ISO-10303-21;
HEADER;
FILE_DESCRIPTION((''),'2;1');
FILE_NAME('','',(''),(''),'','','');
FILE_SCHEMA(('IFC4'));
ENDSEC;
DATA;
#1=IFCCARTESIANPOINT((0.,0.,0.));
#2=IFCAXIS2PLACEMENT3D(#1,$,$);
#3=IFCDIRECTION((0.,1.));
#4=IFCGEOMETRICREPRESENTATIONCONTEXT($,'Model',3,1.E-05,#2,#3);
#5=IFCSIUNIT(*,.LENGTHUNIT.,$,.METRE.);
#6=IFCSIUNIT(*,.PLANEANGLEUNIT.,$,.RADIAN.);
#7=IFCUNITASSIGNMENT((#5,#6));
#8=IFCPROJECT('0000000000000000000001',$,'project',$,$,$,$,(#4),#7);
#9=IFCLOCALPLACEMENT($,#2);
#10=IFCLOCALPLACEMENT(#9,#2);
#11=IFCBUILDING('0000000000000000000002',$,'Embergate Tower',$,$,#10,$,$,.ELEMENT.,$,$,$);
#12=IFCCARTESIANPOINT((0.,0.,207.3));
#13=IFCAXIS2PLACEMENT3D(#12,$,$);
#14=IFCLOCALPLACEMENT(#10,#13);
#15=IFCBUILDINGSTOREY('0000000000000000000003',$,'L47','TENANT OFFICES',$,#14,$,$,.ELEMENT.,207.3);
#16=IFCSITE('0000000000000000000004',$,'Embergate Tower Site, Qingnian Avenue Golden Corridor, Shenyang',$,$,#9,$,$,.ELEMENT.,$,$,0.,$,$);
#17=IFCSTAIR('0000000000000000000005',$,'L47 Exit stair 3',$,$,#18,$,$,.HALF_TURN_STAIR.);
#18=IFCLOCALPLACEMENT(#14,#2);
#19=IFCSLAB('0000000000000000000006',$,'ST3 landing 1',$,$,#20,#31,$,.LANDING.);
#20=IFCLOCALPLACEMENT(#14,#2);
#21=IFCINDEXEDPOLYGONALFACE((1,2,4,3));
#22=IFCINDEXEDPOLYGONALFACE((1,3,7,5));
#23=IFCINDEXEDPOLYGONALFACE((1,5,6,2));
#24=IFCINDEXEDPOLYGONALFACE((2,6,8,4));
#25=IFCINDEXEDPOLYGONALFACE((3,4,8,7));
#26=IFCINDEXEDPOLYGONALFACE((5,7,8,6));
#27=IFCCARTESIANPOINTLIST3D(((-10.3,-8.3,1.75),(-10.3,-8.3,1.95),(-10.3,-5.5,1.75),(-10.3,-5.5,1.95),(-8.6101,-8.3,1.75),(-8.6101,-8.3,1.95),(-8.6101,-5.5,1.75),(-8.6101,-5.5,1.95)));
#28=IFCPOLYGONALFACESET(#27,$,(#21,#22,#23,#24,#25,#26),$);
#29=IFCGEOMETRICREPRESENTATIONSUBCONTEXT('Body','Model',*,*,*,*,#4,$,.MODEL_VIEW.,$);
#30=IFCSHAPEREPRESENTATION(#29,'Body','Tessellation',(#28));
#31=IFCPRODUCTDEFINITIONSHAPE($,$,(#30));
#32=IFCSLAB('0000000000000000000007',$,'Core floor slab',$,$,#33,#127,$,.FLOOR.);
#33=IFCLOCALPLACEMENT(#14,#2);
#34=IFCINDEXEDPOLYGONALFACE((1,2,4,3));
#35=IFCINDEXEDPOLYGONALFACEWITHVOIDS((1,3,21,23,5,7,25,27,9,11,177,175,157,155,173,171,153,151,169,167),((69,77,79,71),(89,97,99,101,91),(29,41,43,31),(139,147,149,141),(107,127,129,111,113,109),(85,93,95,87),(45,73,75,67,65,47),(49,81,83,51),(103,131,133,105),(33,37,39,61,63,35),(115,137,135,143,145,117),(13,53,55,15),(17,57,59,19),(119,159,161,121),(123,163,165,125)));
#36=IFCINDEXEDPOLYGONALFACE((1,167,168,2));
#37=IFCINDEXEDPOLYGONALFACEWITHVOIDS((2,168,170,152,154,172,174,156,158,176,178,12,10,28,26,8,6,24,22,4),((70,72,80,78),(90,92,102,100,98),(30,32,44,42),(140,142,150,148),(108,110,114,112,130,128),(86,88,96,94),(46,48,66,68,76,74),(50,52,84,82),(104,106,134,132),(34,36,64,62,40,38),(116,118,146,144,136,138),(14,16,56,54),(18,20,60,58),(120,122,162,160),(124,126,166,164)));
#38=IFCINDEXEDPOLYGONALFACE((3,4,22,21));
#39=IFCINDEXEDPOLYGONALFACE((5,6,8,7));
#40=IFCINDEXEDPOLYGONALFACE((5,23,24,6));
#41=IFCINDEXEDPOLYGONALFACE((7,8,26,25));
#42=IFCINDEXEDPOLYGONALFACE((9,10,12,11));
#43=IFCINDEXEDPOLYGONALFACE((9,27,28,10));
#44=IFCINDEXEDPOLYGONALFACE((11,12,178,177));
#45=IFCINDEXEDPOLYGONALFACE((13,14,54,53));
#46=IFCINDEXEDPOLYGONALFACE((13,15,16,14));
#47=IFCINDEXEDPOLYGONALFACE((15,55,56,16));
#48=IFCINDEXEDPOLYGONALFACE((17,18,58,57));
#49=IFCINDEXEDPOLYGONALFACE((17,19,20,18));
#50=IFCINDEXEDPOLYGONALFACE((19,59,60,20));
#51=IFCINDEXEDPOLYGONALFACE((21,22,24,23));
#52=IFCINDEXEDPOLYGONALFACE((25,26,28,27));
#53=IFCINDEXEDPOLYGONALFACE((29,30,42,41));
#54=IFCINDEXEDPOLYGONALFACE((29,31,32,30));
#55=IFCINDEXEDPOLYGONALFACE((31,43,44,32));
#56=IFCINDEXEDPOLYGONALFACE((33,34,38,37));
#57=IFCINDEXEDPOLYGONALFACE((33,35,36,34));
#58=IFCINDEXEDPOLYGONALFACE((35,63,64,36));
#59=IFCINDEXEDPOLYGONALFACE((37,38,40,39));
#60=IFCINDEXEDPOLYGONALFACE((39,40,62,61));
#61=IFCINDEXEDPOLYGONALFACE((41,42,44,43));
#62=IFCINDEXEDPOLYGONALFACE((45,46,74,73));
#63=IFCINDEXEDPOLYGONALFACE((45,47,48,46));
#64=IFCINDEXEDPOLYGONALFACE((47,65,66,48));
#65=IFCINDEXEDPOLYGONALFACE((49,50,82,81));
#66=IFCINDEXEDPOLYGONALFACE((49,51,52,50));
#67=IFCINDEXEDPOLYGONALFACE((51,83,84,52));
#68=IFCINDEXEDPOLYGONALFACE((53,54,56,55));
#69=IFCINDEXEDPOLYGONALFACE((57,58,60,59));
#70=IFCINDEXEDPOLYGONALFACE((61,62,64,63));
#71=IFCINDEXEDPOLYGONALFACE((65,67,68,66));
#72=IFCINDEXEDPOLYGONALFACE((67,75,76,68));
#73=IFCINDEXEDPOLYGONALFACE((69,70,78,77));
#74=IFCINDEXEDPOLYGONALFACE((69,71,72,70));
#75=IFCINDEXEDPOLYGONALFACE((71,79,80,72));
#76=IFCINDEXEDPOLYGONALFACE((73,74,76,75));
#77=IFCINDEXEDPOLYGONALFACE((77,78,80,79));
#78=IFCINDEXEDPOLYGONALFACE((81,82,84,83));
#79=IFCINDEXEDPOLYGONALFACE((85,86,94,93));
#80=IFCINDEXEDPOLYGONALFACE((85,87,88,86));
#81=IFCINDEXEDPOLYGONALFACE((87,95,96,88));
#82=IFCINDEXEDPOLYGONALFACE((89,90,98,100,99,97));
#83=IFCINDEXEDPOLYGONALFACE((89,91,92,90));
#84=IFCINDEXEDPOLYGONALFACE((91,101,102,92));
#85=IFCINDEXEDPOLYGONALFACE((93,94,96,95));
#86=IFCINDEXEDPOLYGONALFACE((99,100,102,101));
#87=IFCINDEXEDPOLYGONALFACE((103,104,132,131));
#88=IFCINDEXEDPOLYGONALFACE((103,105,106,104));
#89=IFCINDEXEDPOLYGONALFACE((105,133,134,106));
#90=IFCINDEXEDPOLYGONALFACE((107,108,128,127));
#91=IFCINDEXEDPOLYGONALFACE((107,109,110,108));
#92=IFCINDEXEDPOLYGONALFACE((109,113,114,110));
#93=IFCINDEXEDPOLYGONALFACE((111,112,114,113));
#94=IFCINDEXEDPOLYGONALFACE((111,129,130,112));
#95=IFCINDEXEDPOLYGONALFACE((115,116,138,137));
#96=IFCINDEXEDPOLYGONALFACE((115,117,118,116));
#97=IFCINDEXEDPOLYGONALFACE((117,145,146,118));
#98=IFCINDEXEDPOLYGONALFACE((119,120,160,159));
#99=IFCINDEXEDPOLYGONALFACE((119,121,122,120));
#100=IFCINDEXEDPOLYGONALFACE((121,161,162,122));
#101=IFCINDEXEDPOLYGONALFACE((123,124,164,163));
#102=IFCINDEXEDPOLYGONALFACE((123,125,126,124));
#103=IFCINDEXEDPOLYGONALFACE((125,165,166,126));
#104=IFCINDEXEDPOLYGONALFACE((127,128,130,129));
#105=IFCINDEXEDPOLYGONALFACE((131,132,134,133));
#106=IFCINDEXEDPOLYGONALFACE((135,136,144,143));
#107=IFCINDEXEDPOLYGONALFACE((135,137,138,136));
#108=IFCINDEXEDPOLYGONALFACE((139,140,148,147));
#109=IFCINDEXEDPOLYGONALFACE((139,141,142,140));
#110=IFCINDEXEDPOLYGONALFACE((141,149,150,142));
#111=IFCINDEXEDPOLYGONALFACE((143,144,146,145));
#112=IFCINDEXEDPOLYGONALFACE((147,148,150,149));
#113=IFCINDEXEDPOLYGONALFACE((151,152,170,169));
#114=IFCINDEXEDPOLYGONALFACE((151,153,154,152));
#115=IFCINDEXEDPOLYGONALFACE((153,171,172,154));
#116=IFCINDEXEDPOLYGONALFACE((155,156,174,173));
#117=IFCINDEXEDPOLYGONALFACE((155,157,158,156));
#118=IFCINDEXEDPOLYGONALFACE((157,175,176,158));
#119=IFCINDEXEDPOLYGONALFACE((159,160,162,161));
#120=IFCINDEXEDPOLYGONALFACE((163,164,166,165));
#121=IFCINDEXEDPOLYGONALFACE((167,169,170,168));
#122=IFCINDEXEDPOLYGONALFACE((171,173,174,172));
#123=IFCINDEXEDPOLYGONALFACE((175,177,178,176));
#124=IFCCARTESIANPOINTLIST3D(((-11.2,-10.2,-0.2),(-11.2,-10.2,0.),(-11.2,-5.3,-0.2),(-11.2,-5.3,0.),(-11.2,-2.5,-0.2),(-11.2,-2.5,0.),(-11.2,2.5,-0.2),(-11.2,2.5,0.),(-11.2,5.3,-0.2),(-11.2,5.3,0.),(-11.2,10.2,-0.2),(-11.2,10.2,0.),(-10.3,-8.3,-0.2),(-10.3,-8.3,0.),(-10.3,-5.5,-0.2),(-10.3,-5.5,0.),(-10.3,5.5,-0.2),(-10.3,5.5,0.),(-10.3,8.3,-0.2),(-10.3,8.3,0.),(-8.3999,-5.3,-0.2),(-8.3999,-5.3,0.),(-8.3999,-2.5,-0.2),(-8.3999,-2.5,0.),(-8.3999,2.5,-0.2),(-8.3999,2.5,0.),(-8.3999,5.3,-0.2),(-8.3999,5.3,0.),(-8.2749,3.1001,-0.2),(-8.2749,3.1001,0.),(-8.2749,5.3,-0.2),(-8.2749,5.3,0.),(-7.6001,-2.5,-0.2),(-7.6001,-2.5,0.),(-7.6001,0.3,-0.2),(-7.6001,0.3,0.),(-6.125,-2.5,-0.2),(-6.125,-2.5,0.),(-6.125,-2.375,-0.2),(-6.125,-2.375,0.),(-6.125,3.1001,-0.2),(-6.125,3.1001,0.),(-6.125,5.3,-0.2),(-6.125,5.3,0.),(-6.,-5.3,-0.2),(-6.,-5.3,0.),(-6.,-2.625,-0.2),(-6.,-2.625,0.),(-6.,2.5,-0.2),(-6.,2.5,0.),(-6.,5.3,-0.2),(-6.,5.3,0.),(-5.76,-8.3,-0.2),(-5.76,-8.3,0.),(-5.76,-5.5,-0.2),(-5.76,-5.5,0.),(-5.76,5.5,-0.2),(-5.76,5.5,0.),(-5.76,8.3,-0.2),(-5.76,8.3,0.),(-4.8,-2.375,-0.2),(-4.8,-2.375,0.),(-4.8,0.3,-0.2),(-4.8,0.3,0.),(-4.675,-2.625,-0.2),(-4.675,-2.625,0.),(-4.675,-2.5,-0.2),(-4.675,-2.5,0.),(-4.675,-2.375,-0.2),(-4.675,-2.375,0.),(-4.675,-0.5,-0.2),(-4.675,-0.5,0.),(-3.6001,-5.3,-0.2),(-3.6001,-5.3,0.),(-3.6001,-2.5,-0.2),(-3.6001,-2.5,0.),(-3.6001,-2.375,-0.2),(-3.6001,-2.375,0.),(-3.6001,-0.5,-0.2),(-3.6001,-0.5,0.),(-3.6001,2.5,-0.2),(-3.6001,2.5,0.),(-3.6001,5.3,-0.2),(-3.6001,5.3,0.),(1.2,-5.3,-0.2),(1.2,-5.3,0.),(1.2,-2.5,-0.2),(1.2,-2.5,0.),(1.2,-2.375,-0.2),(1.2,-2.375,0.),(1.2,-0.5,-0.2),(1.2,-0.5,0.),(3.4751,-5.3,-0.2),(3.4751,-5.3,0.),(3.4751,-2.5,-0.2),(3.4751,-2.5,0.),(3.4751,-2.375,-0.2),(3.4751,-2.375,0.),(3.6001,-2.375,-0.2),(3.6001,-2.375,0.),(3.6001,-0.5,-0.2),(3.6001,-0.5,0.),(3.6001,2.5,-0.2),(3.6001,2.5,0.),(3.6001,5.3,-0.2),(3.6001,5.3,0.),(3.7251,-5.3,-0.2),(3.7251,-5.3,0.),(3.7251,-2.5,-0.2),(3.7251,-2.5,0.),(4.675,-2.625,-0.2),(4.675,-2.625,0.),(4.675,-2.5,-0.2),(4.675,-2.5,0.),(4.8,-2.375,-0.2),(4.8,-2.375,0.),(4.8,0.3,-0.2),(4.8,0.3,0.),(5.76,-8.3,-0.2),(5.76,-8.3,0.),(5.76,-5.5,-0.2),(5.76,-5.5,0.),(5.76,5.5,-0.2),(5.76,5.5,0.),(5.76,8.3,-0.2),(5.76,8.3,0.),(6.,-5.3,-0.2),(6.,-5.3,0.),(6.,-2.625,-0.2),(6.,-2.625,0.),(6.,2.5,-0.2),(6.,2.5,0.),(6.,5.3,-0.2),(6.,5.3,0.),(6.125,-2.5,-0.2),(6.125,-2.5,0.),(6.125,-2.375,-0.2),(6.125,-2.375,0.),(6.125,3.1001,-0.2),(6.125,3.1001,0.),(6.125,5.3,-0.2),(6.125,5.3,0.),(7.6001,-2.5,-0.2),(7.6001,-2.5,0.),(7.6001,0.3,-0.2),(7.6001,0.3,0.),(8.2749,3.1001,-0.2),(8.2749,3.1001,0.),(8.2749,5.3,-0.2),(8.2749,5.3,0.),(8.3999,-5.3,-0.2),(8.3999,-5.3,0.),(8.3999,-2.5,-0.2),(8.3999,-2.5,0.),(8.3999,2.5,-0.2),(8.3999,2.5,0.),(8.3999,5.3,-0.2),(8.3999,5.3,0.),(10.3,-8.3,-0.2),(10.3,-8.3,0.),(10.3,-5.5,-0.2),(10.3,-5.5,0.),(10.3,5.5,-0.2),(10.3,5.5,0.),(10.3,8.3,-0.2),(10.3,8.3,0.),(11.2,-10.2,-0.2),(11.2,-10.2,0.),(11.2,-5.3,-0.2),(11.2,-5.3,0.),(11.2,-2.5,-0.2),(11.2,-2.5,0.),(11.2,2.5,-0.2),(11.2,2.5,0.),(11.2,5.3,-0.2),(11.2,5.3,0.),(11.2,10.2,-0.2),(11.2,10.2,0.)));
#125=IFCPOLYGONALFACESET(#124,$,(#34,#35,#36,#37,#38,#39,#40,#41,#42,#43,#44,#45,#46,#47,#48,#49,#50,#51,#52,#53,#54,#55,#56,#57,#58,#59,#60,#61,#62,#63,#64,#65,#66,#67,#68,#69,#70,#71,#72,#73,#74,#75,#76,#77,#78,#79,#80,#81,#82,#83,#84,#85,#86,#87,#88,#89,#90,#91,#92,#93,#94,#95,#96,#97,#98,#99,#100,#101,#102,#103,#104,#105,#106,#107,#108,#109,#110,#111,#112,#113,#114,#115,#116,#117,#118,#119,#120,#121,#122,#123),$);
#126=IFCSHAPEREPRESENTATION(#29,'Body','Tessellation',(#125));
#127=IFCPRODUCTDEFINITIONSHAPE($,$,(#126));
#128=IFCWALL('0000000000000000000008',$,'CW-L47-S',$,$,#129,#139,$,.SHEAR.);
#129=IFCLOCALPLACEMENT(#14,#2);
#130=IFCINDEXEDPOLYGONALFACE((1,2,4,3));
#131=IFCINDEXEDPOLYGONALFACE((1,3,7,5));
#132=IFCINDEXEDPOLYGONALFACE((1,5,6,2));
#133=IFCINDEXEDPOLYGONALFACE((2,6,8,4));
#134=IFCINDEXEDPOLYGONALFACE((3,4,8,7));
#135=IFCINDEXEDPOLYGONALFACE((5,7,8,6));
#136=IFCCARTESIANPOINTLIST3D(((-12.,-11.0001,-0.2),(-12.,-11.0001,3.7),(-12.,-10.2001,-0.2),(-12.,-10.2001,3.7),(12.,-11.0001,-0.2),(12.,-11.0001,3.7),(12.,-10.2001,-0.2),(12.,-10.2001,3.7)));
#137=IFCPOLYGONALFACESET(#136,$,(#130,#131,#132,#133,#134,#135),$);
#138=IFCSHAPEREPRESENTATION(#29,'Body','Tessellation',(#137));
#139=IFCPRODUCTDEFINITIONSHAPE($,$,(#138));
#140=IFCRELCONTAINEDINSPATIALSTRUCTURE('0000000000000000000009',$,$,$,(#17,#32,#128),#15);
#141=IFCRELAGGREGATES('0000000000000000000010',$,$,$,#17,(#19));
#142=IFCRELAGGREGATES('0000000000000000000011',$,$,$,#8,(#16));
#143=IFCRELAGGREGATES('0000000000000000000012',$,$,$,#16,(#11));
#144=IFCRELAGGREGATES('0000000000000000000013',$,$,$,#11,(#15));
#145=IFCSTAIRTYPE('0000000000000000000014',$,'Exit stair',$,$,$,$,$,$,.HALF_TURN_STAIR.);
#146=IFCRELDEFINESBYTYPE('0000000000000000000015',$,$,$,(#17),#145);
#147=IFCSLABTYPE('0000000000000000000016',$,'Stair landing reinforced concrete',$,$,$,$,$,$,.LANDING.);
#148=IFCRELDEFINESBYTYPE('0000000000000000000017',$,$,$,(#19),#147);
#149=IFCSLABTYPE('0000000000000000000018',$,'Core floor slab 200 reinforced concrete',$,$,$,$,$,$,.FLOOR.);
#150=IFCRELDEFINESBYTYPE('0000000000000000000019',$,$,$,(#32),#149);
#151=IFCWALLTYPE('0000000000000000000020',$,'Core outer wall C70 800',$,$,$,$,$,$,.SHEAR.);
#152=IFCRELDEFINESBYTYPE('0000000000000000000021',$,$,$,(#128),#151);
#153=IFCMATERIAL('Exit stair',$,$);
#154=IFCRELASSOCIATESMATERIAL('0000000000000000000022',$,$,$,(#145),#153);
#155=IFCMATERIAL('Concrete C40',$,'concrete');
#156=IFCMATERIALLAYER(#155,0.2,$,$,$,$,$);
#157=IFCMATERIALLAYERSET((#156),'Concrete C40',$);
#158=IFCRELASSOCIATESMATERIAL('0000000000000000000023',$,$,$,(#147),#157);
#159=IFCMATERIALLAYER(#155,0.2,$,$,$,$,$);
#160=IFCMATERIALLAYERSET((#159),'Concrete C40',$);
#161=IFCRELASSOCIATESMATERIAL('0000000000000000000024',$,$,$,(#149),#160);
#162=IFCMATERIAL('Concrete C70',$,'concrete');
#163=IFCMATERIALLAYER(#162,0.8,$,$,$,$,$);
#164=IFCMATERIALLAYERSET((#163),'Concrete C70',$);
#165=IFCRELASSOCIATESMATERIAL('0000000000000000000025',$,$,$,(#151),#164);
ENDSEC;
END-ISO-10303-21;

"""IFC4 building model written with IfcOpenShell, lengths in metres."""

from ifc_helpers import new_model, si_unit, direction, frame, frame_2d, origin, place, context, subcontext, project, spatial, polyline, rectangle, outline, extrude, source, transform, mapped, material, layer, layer_set, type_object, element, aggregate, save


model = new_model("IFC4")

# Units and contexts
model_context = context("Model", 3, precision=1e-05, world=origin(), true_north=direction((0.0, 1.0)))
body_context = subcontext(model_context, "Body", "Model", "MODEL_VIEW")
ifc_project = project(units=[si_unit("LENGTHUNIT", "METRE"), si_unit("PLANEANGLEUNIT", "RADIAN")], contexts=[model_context])

# Site, building, storey
site_placement = place(None, origin())
site = spatial("IfcSite", under=ifc_project, at=site_placement, Name="Embergate Tower Site, Qingnian Avenue Golden Corridor, Shenyang", CompositionType="ELEMENT", RefElevation=0.0)
building_placement = place(site_placement, origin())
building = spatial("IfcBuilding", under=site, at=building_placement, Name="Embergate Tower", CompositionType="ELEMENT")
storey_placement = place(building_placement, frame((0.0, 0.0, 207.3)))
storey = spatial("IfcBuildingStorey", under=building, at=storey_placement, Name="L47", Description="TENANT OFFICES", CompositionType="ELEMENT", Elevation=207.3)

# Stair, slab
ifc_material_1 = material(Name="Exit stair")
stair_type = type_object("IfcStairType", Name="Exit stair", PredefinedType="HALF_TURN_STAIR", material=ifc_material_1)
stair_placement = place(storey_placement, origin())
stair = element("IfcStair", 1, at=stair_placement, inside=storey, type_object=stair_type, Name="L47 Exit stair 3", PredefinedType="HALF_TURN_STAIR")
ifc_material_2 = material(Name="Concrete C40", Category="concrete")
ifc_layer_1 = layer(ifc_material_2, 0.2)
ifc_layer_set_1 = layer_set([ifc_layer_1], Name="Concrete C40")
slab_type_1 = type_object("IfcSlabType", Name="Stair landing reinforced concrete", PredefinedType="LANDING", material=ifc_layer_set_1)
shared_shape_1 = source(origin(), body_context, "Body", "SweptSolid", [
    extrude(outline(polyline([(0.0, 0.0), (1.6899, 0.0), (1.6899, 2.8), (0.0, 2.8), (0.0, 0.0)])), origin(), (0.0, 0.0, 1.0), 0.2),
])
slab_1_placement = place(storey_placement, frame((-10.3, -8.3, 1.75)))
slab_1 = element("IfcSlab", 2, at=slab_1_placement, type_object=slab_type_1, Name="ST3 landing 1", PredefinedType="LANDING", context=body_context, shape_type="MappedRepresentation", body=[
    mapped(shared_shape_1, transform((0.0, 0.0, 0.0))),
])

# Slab
ifc_layer_2 = layer(ifc_material_2, 0.2)
ifc_layer_set_2 = layer_set([ifc_layer_2], Name="Concrete C40")
slab_type_2 = type_object("IfcSlabType", Name="Core floor slab 200 reinforced concrete", PredefinedType="FLOOR", material=ifc_layer_set_2)
shared_shape_2 = source(origin(), body_context, "Body", "SweptSolid", [
    extrude(outline(polyline([(0.0, 0.0), (22.3999, 0.0), (22.3999, 4.8999), (19.5999, 4.8999), (19.5999, 7.7), (22.3999, 7.7), (22.3999, 12.7), (19.5999, 12.7), (19.5999, 15.5), (22.3999, 15.5), (22.3999, 20.3999), (0.0, 20.3999), (0.0, 15.5), (2.8, 15.5), (2.8, 12.7), (0.0, 12.7), (0.0, 7.7), (2.8, 7.7), (2.8, 4.8999), (0.0, 4.8999), (0.0, 0.0)]), holes=[polyline([(0.8999, 1.8999), (0.8999, 4.7), (5.4399, 4.7), (5.4399, 1.8999), (0.8999, 1.8999)]), polyline([(16.96, 1.8999), (16.96, 4.7), (21.5, 4.7), (21.5, 1.8999), (16.96, 1.8999)]), polyline([(5.2, 4.8999), (5.2, 7.575), (6.5249, 7.575), (6.5249, 7.7), (7.5999, 7.7), (7.5999, 4.8999), (5.2, 4.8999)]), polyline([(12.3999, 4.8999), (12.3999, 7.7), (14.675, 7.7), (14.675, 4.8999), (12.3999, 4.8999)]), polyline([(14.925, 4.8999), (14.925, 7.7), (15.875, 7.7), (15.875, 7.575), (17.2, 7.575), (17.2, 4.8999), (14.925, 4.8999)]), polyline([(3.5999, 7.7), (3.5999, 10.5), (6.3999, 10.5), (6.3999, 7.825), (5.075, 7.825), (5.075, 7.7), (3.5999, 7.7)]), polyline([(17.325, 7.7), (17.325, 7.825), (16.0, 7.825), (16.0, 10.5), (18.8, 10.5), (18.8, 7.7), (17.325, 7.7)]), polyline([(6.5249, 7.825), (6.5249, 9.7), (7.5999, 9.7), (7.5999, 7.825), (6.5249, 7.825)]), polyline([(12.3999, 7.825), (12.3999, 9.7), (14.8, 9.7), (14.8, 7.825), (14.675, 7.825), (12.3999, 7.825)]), polyline([(5.2, 12.7), (5.2, 15.5), (7.5999, 15.5), (7.5999, 12.7), (5.2, 12.7)]), polyline([(14.8, 12.7), (14.8, 15.5), (17.2, 15.5), (17.2, 12.7), (14.8, 12.7)]), polyline([(2.925, 13.3), (2.925, 15.5), (5.075, 15.5), (5.075, 13.3), (2.925, 13.3)]), polyline([(17.325, 13.3), (17.325, 15.5), (19.4749, 15.5), (19.4749, 13.3), (17.325, 13.3)]), polyline([(0.8999, 15.7), (0.8999, 18.5), (5.4399, 18.5), (5.4399, 15.7), (0.8999, 15.7)]), polyline([(16.96, 15.7), (16.96, 18.5), (21.5, 18.5), (21.5, 15.7), (16.96, 15.7)])]), origin(), (0.0, 0.0, 1.0), 0.2),
])
slab_2_placement = place(storey_placement, frame((-11.2, -10.2, -0.2)))
element("IfcSlab", 3, at=slab_2_placement, inside=storey, type_object=slab_type_2, Name="Core floor slab", PredefinedType="FLOOR", context=body_context, shape_type="MappedRepresentation", body=[
    mapped(shared_shape_2, transform((0.0, 0.0, 0.0))),
])

# Wall
ifc_material_3 = material(Name="Concrete C70", Category="concrete")
ifc_layer_3 = layer(ifc_material_3, 0.8)
ifc_layer_set_3 = layer_set([ifc_layer_3], Name="Concrete C70")
wall_type_1 = type_object("IfcWallType", Name="Core outer wall C70 800", PredefinedType="SHEAR", material=ifc_layer_set_3)
shared_shape_3 = source(origin(), body_context, "Body", "SweptSolid", [
    extrude(rectangle(XDim=24.0, YDim=0.8, at=frame_2d((12.0, 0.0))), origin(), (0.0, 0.0, 1.0), 3.8999),
])
wall_1_placement = place(storey_placement, frame((-12.0, -10.6001, -0.2), z_axis=(0.0, 0.0, 1.0), x_axis=(1.0, 0.0, 0.0)))
element("IfcWall", 4, at=wall_1_placement, inside=storey, type_object=wall_type_1, Name="CW-L47-S", PredefinedType="SHEAR", context=body_context, shape_type="MappedRepresentation", body=[
    mapped(shared_shape_3, transform((0.0, 0.0, 0.0))),
])

aggregate(stair, [slab_1])

save(model, "model.ifc")
